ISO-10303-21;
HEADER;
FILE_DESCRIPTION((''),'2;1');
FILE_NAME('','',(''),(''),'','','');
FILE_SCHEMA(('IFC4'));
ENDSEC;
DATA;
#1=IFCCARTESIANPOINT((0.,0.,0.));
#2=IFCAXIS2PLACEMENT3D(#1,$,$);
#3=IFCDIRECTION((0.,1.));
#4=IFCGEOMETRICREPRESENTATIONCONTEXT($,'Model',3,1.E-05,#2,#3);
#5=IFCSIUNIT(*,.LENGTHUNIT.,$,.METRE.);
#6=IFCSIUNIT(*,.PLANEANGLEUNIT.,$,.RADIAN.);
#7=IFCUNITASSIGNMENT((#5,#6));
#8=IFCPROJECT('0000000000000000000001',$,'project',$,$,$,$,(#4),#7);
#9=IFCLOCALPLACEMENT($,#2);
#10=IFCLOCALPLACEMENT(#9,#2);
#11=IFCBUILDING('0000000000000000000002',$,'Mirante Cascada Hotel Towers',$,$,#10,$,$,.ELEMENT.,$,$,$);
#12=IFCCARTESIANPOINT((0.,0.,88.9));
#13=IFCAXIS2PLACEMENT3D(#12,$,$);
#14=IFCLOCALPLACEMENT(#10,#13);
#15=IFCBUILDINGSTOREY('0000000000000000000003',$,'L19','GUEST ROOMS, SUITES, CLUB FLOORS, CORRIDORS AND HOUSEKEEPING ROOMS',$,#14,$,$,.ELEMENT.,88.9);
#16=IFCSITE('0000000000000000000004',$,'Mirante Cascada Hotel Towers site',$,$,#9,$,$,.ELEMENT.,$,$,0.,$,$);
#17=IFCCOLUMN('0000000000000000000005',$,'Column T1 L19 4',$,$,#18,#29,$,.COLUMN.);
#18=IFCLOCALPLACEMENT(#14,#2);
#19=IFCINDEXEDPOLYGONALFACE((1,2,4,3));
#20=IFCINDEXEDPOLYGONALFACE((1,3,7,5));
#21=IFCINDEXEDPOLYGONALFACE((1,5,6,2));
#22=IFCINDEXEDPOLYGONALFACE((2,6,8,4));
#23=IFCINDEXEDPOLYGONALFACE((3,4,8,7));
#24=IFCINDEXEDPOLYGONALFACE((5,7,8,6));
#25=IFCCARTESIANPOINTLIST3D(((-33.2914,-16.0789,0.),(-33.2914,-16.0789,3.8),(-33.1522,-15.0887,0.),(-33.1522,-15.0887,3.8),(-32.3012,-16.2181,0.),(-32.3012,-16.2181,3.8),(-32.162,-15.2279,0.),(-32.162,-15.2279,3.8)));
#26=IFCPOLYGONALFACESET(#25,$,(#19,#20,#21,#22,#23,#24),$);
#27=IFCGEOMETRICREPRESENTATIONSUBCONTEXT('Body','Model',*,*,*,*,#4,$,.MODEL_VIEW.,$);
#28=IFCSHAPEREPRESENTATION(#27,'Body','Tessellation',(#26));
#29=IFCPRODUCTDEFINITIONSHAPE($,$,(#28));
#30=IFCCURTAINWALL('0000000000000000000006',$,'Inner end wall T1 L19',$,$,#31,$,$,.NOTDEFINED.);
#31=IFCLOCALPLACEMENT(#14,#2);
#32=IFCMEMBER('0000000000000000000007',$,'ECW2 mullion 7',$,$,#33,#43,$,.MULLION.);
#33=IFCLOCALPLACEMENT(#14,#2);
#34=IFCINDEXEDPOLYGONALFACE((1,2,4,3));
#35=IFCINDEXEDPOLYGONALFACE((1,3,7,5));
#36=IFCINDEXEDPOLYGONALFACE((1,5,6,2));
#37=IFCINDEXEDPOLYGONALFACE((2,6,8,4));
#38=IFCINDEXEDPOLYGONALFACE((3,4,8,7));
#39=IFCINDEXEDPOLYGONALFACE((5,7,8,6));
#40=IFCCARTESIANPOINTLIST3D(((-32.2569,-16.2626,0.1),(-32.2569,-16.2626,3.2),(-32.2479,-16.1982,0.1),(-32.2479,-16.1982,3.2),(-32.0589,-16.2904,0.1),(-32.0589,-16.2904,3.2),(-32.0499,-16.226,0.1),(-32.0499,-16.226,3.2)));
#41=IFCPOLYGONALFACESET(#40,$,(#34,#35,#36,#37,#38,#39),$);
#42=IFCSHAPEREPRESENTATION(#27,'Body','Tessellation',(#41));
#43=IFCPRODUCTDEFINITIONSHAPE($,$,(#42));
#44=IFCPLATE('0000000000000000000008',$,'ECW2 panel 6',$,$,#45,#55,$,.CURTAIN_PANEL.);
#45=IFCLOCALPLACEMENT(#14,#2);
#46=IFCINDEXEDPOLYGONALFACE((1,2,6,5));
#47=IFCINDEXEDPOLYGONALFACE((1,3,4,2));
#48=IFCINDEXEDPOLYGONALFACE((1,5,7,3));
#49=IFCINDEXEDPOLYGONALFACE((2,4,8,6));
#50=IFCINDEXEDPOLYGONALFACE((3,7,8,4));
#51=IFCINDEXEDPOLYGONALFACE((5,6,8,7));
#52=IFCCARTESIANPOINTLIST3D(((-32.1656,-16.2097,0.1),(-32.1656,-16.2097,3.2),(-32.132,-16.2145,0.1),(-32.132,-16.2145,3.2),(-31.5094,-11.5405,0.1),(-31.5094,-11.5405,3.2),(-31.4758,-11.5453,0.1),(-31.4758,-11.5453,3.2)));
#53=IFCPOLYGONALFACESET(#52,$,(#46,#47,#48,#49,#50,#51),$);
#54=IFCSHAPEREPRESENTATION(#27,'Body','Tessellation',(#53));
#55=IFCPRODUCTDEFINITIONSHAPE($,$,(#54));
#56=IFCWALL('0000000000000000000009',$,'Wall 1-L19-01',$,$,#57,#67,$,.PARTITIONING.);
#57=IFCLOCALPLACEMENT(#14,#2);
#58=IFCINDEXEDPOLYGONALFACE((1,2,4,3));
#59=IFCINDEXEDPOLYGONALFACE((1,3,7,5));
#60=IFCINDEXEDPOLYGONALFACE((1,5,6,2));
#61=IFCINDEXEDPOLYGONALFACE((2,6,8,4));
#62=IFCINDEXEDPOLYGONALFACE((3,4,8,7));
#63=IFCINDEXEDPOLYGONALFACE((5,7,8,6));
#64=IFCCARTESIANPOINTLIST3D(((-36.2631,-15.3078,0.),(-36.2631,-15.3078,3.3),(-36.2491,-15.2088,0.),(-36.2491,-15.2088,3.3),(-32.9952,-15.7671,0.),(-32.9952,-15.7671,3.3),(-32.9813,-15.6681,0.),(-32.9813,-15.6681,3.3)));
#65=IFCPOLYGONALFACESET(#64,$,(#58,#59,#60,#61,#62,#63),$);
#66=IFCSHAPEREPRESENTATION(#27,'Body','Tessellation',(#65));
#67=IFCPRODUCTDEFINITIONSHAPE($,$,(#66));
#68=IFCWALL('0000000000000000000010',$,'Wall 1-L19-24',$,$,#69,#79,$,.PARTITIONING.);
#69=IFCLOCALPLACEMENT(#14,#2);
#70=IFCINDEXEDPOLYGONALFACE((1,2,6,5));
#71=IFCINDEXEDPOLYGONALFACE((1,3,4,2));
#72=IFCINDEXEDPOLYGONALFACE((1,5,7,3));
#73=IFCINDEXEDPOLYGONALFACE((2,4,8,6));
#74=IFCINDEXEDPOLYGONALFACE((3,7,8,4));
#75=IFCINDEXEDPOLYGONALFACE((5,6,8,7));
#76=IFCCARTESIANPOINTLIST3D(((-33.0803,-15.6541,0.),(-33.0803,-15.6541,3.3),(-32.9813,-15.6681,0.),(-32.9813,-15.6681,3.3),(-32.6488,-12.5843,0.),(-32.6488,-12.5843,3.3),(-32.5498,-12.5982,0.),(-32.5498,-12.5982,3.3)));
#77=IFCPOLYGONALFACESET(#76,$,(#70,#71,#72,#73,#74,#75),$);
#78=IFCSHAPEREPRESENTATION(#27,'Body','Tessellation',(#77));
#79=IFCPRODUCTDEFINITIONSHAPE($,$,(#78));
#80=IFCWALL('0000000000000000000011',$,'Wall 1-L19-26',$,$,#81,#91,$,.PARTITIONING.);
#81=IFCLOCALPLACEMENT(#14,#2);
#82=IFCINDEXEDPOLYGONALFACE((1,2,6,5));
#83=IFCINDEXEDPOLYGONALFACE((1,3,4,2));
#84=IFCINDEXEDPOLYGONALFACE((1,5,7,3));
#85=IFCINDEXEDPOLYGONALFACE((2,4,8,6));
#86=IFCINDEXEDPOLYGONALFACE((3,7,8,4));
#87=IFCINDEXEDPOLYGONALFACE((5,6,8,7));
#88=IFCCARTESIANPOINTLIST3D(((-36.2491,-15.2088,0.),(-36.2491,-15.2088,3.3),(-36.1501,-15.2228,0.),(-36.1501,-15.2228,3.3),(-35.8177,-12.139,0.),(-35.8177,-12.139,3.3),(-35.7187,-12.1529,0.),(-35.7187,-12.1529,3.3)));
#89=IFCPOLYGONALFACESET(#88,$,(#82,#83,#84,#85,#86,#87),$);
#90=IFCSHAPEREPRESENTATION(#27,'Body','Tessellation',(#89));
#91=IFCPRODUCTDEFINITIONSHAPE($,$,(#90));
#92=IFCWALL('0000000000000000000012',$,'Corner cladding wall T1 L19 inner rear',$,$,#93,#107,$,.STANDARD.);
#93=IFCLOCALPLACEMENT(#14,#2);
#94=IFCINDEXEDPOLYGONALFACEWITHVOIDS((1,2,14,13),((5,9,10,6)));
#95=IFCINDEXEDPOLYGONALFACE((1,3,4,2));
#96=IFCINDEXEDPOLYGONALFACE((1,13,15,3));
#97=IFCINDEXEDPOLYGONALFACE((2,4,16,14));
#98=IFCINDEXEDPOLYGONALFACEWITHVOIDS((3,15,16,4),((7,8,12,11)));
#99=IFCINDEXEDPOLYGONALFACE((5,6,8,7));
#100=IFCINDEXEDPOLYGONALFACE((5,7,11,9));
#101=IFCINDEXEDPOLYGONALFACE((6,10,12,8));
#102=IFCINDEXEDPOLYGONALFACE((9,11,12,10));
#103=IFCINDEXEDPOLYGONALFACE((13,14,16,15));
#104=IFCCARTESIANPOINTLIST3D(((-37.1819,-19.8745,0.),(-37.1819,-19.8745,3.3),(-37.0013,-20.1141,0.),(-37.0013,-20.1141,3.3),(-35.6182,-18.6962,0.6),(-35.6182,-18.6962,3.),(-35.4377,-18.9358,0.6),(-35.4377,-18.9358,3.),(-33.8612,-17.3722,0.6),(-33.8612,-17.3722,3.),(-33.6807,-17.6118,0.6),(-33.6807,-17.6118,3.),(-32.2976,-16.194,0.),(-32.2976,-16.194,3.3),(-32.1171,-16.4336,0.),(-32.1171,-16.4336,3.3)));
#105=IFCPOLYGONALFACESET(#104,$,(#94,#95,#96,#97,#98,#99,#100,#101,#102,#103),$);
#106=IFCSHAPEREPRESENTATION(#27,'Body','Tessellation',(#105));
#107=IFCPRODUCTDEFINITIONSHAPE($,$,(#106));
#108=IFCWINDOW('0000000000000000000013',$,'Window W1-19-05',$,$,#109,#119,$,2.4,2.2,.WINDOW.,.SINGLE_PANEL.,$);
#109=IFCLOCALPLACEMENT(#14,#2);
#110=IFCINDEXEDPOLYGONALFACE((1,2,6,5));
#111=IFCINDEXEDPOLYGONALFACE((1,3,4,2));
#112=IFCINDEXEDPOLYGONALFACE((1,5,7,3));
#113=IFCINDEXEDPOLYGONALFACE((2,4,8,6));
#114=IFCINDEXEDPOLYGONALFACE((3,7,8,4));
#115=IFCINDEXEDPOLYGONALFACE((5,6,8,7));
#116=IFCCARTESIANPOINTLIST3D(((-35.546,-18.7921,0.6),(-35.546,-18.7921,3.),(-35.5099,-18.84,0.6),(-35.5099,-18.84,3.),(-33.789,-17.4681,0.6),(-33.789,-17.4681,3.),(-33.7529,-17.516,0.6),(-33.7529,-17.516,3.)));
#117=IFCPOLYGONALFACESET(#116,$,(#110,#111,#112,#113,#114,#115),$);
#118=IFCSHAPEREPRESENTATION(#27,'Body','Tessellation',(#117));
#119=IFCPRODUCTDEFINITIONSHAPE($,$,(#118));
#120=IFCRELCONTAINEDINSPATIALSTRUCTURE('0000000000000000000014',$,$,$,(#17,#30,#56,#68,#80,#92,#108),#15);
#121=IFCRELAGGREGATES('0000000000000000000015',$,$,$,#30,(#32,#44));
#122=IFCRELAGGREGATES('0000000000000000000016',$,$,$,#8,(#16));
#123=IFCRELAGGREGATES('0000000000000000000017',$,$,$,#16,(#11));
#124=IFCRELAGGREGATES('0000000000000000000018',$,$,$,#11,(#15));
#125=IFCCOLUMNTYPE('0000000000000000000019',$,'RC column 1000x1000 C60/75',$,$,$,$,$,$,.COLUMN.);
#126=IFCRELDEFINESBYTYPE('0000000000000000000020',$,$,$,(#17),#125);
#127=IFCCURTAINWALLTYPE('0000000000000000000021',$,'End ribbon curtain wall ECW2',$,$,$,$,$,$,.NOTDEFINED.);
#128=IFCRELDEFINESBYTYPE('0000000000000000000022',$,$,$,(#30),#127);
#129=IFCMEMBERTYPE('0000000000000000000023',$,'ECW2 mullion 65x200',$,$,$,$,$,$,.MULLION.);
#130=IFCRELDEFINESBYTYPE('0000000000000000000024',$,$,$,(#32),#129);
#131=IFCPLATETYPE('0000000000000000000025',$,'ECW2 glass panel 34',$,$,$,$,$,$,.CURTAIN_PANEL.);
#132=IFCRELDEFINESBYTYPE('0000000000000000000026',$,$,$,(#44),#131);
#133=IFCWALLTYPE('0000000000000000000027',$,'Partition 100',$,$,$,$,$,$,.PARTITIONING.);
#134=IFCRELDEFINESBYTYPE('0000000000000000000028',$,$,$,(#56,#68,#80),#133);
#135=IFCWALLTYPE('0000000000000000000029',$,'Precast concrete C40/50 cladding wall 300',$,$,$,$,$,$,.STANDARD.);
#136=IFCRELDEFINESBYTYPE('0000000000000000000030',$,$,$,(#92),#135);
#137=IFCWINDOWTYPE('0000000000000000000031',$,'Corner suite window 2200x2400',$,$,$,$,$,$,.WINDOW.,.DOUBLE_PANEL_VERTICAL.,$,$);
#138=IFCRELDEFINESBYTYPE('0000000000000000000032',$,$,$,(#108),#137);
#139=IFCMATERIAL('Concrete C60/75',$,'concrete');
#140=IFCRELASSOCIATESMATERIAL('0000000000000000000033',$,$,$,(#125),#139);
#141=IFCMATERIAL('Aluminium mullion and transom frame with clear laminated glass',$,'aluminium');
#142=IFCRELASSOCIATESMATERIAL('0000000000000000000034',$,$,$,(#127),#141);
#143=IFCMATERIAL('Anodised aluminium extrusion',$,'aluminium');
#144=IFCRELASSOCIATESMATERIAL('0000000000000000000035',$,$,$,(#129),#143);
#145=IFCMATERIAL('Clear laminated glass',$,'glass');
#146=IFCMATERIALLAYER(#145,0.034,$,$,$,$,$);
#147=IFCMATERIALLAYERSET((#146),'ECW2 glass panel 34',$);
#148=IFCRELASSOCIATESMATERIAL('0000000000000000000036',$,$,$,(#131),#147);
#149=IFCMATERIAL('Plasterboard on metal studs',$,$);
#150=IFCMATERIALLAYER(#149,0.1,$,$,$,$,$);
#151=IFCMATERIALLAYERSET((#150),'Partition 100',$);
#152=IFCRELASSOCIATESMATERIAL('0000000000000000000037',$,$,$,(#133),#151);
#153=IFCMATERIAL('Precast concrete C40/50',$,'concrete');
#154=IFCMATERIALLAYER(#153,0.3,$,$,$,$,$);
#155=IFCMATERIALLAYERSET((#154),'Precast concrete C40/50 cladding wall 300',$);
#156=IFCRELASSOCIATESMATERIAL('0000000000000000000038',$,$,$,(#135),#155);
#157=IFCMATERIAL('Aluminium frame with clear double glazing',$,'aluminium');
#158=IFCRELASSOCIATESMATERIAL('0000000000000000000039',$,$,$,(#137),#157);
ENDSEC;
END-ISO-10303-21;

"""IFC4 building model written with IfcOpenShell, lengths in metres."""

from ifc_helpers import new_model, si_unit, direction, frame, frame_2d, origin, origin_2d, place, context, subcontext, project, spatial, rectangle, extrude, material, layer, layer_set, material_profile, profile_set, type_object, element, fill, aggregate, save


model = new_model("IFC4")

# Units and contexts
model_context = context("Model", 3, precision=1e-05, world=origin(), true_north=direction((0.0, 1.0)))
body_context = subcontext(model_context, "Body", "Model", "MODEL_VIEW")
ifc_project = project(units=[si_unit("LENGTHUNIT", "METRE"), si_unit("PLANEANGLEUNIT", "RADIAN")], contexts=[model_context])

# Site, building, storey
site_placement = place(None, origin())
site = spatial("IfcSite", under=ifc_project, at=site_placement, Name="Mirante Cascada Hotel Towers site", CompositionType="ELEMENT", RefElevation=0.0)
building_placement = place(site_placement, origin())
building = spatial("IfcBuilding", under=site, at=building_placement, Name="Mirante Cascada Hotel Towers", CompositionType="ELEMENT")
storey_placement = place(building_placement, frame((0.0, 0.0, 88.9)))
storey = spatial("IfcBuildingStorey", under=building, at=storey_placement, Name="L19", Description="GUEST ROOMS, SUITES, CLUB FLOORS, CORRIDORS AND HOUSEKEEPING ROOMS", CompositionType="ELEMENT", Elevation=88.9)

# Column
ifc_material_1 = material(Name="Concrete C60/75", Category="concrete")
ifc_material_profile_1 = material_profile(ifc_material_1, rectangle(XDim=1.0, YDim=1.0, at=origin_2d()), Name="RC column 1000x1000 C60/75")
ifc_profile_set_1 = profile_set([ifc_material_profile_1], Name="Concrete C60/75")
column_type = type_object("IfcColumnType", Name="RC column 1000x1000 C60/75", PredefinedType="COLUMN", material=ifc_profile_set_1)
column_placement = place(storey_placement, frame((-32.7267, -15.6534, 0.0), z_axis=(0.0, 0.0, 1.0), x_axis=(-0.990268, 0.139173, 0.0)))
element("IfcColumn", 1, at=column_placement, inside=storey, type_object=column_type, Name="Column T1 L19 4", PredefinedType="COLUMN", context=body_context, shape_type="SweptSolid", body=[
    extrude(rectangle(XDim=1.0, YDim=1.0, at=origin_2d()), origin(), (0.0, 0.0, 1.0), 3.8),
])

# Curtain wall, member, plate
ifc_material_2 = material(Name="Aluminium mullion and transom frame with clear laminated glass", Category="aluminium")
curtain_wall_type = type_object("IfcCurtainWallType", Name="End ribbon curtain wall ECW2", PredefinedType="NOTDEFINED", material=ifc_material_2)
curtain_wall_placement = place(storey_placement, origin())
curtain_wall = element("IfcCurtainWall", 2, at=curtain_wall_placement, inside=storey, type_object=curtain_wall_type, Name="Inner end wall T1 L19", PredefinedType="NOTDEFINED")
ifc_material_3 = material(Name="Anodised aluminium extrusion", Category="aluminium")
ifc_material_profile_2 = material_profile(ifc_material_3, rectangle(XDim=0.2, YDim=0.065, at=origin_2d()), Name="ECW2 MULLION 65x200")
ifc_profile_set_2 = profile_set([ifc_material_profile_2], Name="Anodised aluminium extrusion")
member_type = type_object("IfcMemberType", Name="ECW2 mullion 65x200", PredefinedType="MULLION", material=ifc_profile_set_2)
member_placement = place(storey_placement, frame((-32.1534, -16.2443, 0.1), z_axis=(0.0, 0.0, 1.0), x_axis=(0.990268, -0.139173, 0.0)))
member = element("IfcMember", 3, at=member_placement, type_object=member_type, Name="ECW2 mullion 7", PredefinedType="MULLION", context=body_context, shape_type="SweptSolid", body=[
    extrude(rectangle(XDim=0.2, YDim=0.065, at=origin_2d()), origin(), (0.0, 0.0, 1.0), 3.1),
])
ifc_material_4 = material(Name="Clear laminated glass", Category="glass")
ifc_layer_1 = layer(ifc_material_4, 0.034)
ifc_layer_set_1 = layer_set([ifc_layer_1], Name="ECW2 glass panel 34")
plate_type = type_object("IfcPlateType", Name="ECW2 glass panel 34", PredefinedType="CURTAIN_PANEL", material=ifc_layer_set_1)
plate_placement = place(storey_placement, frame((-31.8207, -13.8775, 0.1), z_axis=(0.0, 0.0, 1.0), x_axis=(-0.139173, -0.990268, 0.0)))
plate = element("IfcPlate", 4, at=plate_placement, type_object=plate_type, Name="ECW2 panel 6", PredefinedType="CURTAIN_PANEL", context=body_context, shape_type="SweptSolid", body=[
    extrude(rectangle(XDim=4.7151, YDim=0.034, at=origin_2d()), origin(), (0.0, 0.0, 1.0), 3.1),
])
aggregate(curtain_wall, [member, plate])

# Walls
ifc_material_5 = material(Name="Plasterboard on metal studs")
ifc_layer_2 = layer(ifc_material_5, 0.1)
ifc_layer_set_2 = layer_set([ifc_layer_2], Name="Partition 100")
wall_type_1 = type_object("IfcWallType", Name="Partition 100", PredefinedType="PARTITIONING", material=ifc_layer_set_2)
wall_1_placement = place(storey_placement, frame((-36.2561, -15.2583, 0.0), z_axis=(0.0, 0.0, 1.0), x_axis=(0.990267, -0.139181, 0.0)))
element("IfcWall", 5, at=wall_1_placement, inside=storey, type_object=wall_type_1, Name="Wall 1-L19-01", PredefinedType="PARTITIONING", context=body_context, shape_type="SweptSolid", body=[
    extrude(rectangle(XDim=3.3, YDim=0.1, at=frame_2d((1.65, 0.0))), origin(), (0.0, 0.0, 1.0), 3.3),
])
for number, where, z_axis, x_axis, name in (
    (6, (-33.0308, -15.6611, 0.0), (0.0, 0.0, 1.0), (0.139194, 0.990265, 0.0), "Wall 1-L19-24"),
    (7, (-36.1996, -15.2158, 0.0), (0.0, 0.0, 1.0), (0.139163, 0.99027, 0.0), "Wall 1-L19-26"),
):
    element("IfcWall", number, at=place(storey_placement, frame(where, z_axis=z_axis, x_axis=x_axis)), inside=storey, type_object=wall_type_1, Name=name, PredefinedType="PARTITIONING", context=body_context, shape_type="SweptSolid", body=[
        extrude(rectangle(XDim=3.1, YDim=0.1, at=frame_2d((1.55, 0.0))), origin(), (0.0, 0.0, 1.0), 3.3),
    ])

# Wall, opening, window
ifc_material_6 = material(Name="Precast concrete C40/50", Category="concrete")
ifc_layer_3 = layer(ifc_material_6, 0.3)
ifc_layer_set_3 = layer_set([ifc_layer_3], Name="Precast concrete C40/50 cladding wall 300")
wall_type_2 = type_object("IfcWallType", Name="Precast concrete C40/50 cladding wall 300", PredefinedType="STANDARD", material=ifc_layer_set_3)
wall_2_placement = place(storey_placement, frame((-32.2074, -16.3138, 0.0), z_axis=(0.0, 0.0, 1.0), x_axis=(-0.798636, -0.601814, 0.0)))
wall_2 = element("IfcWall", 8, at=wall_2_placement, inside=storey, type_object=wall_type_2, Name="Corner cladding wall T1 L19 inner rear", PredefinedType="STANDARD", context=body_context, shape_type="SweptSolid", body=[
    extrude(rectangle(XDim=6.1157, YDim=0.3, at=frame_2d((3.0578, 0.0))), origin(), (0.0, 0.0, 1.0), 3.3),
])
opening_placement = place(wall_2_placement, frame((1.9578, 0.0, 0.6)))
opening = element("IfcOpeningElement", 9, at=opening_placement, cuts=wall_2, PredefinedType="OPENING", context=body_context, shape_type="SweptSolid", body=[
    extrude(rectangle(XDim=2.2, YDim=2.4, at=frame_2d((1.1, 1.2))), frame((0.0, 0.15, 0.0), z_axis=(0.0, -1.0, 0.0), x_axis=(1.0, 0.0, 0.0)), (0.0, 0.0, 1.0), 0.3),
])
ifc_material_7 = material(Name="Aluminium frame with clear double glazing", Category="aluminium")
window_type = type_object("IfcWindowType", Name="Corner suite window 2200x2400", PartitioningType="DOUBLE_PANEL_VERTICAL", PredefinedType="WINDOW", material=ifc_material_7)
window_placement = place(opening_placement, origin())
window = element("IfcWindow", 10, at=window_placement, inside=storey, type_object=window_type, Name="Window W1-19-05", OverallHeight=2.4, OverallWidth=2.2, PartitioningType="SINGLE_PANEL", PredefinedType="WINDOW", context=body_context, shape_type="SweptSolid", body=[
    extrude(rectangle(XDim=2.2, YDim=2.4, at=frame_2d((1.1, 1.2))), frame((0.0, 0.03, 0.0), z_axis=(0.0, -1.0, 0.0), x_axis=(1.0, 0.0, 0.0)), (0.0, 0.0, 1.0), 0.06),
])
fill(opening, window)

save(model, "model.ifc")
